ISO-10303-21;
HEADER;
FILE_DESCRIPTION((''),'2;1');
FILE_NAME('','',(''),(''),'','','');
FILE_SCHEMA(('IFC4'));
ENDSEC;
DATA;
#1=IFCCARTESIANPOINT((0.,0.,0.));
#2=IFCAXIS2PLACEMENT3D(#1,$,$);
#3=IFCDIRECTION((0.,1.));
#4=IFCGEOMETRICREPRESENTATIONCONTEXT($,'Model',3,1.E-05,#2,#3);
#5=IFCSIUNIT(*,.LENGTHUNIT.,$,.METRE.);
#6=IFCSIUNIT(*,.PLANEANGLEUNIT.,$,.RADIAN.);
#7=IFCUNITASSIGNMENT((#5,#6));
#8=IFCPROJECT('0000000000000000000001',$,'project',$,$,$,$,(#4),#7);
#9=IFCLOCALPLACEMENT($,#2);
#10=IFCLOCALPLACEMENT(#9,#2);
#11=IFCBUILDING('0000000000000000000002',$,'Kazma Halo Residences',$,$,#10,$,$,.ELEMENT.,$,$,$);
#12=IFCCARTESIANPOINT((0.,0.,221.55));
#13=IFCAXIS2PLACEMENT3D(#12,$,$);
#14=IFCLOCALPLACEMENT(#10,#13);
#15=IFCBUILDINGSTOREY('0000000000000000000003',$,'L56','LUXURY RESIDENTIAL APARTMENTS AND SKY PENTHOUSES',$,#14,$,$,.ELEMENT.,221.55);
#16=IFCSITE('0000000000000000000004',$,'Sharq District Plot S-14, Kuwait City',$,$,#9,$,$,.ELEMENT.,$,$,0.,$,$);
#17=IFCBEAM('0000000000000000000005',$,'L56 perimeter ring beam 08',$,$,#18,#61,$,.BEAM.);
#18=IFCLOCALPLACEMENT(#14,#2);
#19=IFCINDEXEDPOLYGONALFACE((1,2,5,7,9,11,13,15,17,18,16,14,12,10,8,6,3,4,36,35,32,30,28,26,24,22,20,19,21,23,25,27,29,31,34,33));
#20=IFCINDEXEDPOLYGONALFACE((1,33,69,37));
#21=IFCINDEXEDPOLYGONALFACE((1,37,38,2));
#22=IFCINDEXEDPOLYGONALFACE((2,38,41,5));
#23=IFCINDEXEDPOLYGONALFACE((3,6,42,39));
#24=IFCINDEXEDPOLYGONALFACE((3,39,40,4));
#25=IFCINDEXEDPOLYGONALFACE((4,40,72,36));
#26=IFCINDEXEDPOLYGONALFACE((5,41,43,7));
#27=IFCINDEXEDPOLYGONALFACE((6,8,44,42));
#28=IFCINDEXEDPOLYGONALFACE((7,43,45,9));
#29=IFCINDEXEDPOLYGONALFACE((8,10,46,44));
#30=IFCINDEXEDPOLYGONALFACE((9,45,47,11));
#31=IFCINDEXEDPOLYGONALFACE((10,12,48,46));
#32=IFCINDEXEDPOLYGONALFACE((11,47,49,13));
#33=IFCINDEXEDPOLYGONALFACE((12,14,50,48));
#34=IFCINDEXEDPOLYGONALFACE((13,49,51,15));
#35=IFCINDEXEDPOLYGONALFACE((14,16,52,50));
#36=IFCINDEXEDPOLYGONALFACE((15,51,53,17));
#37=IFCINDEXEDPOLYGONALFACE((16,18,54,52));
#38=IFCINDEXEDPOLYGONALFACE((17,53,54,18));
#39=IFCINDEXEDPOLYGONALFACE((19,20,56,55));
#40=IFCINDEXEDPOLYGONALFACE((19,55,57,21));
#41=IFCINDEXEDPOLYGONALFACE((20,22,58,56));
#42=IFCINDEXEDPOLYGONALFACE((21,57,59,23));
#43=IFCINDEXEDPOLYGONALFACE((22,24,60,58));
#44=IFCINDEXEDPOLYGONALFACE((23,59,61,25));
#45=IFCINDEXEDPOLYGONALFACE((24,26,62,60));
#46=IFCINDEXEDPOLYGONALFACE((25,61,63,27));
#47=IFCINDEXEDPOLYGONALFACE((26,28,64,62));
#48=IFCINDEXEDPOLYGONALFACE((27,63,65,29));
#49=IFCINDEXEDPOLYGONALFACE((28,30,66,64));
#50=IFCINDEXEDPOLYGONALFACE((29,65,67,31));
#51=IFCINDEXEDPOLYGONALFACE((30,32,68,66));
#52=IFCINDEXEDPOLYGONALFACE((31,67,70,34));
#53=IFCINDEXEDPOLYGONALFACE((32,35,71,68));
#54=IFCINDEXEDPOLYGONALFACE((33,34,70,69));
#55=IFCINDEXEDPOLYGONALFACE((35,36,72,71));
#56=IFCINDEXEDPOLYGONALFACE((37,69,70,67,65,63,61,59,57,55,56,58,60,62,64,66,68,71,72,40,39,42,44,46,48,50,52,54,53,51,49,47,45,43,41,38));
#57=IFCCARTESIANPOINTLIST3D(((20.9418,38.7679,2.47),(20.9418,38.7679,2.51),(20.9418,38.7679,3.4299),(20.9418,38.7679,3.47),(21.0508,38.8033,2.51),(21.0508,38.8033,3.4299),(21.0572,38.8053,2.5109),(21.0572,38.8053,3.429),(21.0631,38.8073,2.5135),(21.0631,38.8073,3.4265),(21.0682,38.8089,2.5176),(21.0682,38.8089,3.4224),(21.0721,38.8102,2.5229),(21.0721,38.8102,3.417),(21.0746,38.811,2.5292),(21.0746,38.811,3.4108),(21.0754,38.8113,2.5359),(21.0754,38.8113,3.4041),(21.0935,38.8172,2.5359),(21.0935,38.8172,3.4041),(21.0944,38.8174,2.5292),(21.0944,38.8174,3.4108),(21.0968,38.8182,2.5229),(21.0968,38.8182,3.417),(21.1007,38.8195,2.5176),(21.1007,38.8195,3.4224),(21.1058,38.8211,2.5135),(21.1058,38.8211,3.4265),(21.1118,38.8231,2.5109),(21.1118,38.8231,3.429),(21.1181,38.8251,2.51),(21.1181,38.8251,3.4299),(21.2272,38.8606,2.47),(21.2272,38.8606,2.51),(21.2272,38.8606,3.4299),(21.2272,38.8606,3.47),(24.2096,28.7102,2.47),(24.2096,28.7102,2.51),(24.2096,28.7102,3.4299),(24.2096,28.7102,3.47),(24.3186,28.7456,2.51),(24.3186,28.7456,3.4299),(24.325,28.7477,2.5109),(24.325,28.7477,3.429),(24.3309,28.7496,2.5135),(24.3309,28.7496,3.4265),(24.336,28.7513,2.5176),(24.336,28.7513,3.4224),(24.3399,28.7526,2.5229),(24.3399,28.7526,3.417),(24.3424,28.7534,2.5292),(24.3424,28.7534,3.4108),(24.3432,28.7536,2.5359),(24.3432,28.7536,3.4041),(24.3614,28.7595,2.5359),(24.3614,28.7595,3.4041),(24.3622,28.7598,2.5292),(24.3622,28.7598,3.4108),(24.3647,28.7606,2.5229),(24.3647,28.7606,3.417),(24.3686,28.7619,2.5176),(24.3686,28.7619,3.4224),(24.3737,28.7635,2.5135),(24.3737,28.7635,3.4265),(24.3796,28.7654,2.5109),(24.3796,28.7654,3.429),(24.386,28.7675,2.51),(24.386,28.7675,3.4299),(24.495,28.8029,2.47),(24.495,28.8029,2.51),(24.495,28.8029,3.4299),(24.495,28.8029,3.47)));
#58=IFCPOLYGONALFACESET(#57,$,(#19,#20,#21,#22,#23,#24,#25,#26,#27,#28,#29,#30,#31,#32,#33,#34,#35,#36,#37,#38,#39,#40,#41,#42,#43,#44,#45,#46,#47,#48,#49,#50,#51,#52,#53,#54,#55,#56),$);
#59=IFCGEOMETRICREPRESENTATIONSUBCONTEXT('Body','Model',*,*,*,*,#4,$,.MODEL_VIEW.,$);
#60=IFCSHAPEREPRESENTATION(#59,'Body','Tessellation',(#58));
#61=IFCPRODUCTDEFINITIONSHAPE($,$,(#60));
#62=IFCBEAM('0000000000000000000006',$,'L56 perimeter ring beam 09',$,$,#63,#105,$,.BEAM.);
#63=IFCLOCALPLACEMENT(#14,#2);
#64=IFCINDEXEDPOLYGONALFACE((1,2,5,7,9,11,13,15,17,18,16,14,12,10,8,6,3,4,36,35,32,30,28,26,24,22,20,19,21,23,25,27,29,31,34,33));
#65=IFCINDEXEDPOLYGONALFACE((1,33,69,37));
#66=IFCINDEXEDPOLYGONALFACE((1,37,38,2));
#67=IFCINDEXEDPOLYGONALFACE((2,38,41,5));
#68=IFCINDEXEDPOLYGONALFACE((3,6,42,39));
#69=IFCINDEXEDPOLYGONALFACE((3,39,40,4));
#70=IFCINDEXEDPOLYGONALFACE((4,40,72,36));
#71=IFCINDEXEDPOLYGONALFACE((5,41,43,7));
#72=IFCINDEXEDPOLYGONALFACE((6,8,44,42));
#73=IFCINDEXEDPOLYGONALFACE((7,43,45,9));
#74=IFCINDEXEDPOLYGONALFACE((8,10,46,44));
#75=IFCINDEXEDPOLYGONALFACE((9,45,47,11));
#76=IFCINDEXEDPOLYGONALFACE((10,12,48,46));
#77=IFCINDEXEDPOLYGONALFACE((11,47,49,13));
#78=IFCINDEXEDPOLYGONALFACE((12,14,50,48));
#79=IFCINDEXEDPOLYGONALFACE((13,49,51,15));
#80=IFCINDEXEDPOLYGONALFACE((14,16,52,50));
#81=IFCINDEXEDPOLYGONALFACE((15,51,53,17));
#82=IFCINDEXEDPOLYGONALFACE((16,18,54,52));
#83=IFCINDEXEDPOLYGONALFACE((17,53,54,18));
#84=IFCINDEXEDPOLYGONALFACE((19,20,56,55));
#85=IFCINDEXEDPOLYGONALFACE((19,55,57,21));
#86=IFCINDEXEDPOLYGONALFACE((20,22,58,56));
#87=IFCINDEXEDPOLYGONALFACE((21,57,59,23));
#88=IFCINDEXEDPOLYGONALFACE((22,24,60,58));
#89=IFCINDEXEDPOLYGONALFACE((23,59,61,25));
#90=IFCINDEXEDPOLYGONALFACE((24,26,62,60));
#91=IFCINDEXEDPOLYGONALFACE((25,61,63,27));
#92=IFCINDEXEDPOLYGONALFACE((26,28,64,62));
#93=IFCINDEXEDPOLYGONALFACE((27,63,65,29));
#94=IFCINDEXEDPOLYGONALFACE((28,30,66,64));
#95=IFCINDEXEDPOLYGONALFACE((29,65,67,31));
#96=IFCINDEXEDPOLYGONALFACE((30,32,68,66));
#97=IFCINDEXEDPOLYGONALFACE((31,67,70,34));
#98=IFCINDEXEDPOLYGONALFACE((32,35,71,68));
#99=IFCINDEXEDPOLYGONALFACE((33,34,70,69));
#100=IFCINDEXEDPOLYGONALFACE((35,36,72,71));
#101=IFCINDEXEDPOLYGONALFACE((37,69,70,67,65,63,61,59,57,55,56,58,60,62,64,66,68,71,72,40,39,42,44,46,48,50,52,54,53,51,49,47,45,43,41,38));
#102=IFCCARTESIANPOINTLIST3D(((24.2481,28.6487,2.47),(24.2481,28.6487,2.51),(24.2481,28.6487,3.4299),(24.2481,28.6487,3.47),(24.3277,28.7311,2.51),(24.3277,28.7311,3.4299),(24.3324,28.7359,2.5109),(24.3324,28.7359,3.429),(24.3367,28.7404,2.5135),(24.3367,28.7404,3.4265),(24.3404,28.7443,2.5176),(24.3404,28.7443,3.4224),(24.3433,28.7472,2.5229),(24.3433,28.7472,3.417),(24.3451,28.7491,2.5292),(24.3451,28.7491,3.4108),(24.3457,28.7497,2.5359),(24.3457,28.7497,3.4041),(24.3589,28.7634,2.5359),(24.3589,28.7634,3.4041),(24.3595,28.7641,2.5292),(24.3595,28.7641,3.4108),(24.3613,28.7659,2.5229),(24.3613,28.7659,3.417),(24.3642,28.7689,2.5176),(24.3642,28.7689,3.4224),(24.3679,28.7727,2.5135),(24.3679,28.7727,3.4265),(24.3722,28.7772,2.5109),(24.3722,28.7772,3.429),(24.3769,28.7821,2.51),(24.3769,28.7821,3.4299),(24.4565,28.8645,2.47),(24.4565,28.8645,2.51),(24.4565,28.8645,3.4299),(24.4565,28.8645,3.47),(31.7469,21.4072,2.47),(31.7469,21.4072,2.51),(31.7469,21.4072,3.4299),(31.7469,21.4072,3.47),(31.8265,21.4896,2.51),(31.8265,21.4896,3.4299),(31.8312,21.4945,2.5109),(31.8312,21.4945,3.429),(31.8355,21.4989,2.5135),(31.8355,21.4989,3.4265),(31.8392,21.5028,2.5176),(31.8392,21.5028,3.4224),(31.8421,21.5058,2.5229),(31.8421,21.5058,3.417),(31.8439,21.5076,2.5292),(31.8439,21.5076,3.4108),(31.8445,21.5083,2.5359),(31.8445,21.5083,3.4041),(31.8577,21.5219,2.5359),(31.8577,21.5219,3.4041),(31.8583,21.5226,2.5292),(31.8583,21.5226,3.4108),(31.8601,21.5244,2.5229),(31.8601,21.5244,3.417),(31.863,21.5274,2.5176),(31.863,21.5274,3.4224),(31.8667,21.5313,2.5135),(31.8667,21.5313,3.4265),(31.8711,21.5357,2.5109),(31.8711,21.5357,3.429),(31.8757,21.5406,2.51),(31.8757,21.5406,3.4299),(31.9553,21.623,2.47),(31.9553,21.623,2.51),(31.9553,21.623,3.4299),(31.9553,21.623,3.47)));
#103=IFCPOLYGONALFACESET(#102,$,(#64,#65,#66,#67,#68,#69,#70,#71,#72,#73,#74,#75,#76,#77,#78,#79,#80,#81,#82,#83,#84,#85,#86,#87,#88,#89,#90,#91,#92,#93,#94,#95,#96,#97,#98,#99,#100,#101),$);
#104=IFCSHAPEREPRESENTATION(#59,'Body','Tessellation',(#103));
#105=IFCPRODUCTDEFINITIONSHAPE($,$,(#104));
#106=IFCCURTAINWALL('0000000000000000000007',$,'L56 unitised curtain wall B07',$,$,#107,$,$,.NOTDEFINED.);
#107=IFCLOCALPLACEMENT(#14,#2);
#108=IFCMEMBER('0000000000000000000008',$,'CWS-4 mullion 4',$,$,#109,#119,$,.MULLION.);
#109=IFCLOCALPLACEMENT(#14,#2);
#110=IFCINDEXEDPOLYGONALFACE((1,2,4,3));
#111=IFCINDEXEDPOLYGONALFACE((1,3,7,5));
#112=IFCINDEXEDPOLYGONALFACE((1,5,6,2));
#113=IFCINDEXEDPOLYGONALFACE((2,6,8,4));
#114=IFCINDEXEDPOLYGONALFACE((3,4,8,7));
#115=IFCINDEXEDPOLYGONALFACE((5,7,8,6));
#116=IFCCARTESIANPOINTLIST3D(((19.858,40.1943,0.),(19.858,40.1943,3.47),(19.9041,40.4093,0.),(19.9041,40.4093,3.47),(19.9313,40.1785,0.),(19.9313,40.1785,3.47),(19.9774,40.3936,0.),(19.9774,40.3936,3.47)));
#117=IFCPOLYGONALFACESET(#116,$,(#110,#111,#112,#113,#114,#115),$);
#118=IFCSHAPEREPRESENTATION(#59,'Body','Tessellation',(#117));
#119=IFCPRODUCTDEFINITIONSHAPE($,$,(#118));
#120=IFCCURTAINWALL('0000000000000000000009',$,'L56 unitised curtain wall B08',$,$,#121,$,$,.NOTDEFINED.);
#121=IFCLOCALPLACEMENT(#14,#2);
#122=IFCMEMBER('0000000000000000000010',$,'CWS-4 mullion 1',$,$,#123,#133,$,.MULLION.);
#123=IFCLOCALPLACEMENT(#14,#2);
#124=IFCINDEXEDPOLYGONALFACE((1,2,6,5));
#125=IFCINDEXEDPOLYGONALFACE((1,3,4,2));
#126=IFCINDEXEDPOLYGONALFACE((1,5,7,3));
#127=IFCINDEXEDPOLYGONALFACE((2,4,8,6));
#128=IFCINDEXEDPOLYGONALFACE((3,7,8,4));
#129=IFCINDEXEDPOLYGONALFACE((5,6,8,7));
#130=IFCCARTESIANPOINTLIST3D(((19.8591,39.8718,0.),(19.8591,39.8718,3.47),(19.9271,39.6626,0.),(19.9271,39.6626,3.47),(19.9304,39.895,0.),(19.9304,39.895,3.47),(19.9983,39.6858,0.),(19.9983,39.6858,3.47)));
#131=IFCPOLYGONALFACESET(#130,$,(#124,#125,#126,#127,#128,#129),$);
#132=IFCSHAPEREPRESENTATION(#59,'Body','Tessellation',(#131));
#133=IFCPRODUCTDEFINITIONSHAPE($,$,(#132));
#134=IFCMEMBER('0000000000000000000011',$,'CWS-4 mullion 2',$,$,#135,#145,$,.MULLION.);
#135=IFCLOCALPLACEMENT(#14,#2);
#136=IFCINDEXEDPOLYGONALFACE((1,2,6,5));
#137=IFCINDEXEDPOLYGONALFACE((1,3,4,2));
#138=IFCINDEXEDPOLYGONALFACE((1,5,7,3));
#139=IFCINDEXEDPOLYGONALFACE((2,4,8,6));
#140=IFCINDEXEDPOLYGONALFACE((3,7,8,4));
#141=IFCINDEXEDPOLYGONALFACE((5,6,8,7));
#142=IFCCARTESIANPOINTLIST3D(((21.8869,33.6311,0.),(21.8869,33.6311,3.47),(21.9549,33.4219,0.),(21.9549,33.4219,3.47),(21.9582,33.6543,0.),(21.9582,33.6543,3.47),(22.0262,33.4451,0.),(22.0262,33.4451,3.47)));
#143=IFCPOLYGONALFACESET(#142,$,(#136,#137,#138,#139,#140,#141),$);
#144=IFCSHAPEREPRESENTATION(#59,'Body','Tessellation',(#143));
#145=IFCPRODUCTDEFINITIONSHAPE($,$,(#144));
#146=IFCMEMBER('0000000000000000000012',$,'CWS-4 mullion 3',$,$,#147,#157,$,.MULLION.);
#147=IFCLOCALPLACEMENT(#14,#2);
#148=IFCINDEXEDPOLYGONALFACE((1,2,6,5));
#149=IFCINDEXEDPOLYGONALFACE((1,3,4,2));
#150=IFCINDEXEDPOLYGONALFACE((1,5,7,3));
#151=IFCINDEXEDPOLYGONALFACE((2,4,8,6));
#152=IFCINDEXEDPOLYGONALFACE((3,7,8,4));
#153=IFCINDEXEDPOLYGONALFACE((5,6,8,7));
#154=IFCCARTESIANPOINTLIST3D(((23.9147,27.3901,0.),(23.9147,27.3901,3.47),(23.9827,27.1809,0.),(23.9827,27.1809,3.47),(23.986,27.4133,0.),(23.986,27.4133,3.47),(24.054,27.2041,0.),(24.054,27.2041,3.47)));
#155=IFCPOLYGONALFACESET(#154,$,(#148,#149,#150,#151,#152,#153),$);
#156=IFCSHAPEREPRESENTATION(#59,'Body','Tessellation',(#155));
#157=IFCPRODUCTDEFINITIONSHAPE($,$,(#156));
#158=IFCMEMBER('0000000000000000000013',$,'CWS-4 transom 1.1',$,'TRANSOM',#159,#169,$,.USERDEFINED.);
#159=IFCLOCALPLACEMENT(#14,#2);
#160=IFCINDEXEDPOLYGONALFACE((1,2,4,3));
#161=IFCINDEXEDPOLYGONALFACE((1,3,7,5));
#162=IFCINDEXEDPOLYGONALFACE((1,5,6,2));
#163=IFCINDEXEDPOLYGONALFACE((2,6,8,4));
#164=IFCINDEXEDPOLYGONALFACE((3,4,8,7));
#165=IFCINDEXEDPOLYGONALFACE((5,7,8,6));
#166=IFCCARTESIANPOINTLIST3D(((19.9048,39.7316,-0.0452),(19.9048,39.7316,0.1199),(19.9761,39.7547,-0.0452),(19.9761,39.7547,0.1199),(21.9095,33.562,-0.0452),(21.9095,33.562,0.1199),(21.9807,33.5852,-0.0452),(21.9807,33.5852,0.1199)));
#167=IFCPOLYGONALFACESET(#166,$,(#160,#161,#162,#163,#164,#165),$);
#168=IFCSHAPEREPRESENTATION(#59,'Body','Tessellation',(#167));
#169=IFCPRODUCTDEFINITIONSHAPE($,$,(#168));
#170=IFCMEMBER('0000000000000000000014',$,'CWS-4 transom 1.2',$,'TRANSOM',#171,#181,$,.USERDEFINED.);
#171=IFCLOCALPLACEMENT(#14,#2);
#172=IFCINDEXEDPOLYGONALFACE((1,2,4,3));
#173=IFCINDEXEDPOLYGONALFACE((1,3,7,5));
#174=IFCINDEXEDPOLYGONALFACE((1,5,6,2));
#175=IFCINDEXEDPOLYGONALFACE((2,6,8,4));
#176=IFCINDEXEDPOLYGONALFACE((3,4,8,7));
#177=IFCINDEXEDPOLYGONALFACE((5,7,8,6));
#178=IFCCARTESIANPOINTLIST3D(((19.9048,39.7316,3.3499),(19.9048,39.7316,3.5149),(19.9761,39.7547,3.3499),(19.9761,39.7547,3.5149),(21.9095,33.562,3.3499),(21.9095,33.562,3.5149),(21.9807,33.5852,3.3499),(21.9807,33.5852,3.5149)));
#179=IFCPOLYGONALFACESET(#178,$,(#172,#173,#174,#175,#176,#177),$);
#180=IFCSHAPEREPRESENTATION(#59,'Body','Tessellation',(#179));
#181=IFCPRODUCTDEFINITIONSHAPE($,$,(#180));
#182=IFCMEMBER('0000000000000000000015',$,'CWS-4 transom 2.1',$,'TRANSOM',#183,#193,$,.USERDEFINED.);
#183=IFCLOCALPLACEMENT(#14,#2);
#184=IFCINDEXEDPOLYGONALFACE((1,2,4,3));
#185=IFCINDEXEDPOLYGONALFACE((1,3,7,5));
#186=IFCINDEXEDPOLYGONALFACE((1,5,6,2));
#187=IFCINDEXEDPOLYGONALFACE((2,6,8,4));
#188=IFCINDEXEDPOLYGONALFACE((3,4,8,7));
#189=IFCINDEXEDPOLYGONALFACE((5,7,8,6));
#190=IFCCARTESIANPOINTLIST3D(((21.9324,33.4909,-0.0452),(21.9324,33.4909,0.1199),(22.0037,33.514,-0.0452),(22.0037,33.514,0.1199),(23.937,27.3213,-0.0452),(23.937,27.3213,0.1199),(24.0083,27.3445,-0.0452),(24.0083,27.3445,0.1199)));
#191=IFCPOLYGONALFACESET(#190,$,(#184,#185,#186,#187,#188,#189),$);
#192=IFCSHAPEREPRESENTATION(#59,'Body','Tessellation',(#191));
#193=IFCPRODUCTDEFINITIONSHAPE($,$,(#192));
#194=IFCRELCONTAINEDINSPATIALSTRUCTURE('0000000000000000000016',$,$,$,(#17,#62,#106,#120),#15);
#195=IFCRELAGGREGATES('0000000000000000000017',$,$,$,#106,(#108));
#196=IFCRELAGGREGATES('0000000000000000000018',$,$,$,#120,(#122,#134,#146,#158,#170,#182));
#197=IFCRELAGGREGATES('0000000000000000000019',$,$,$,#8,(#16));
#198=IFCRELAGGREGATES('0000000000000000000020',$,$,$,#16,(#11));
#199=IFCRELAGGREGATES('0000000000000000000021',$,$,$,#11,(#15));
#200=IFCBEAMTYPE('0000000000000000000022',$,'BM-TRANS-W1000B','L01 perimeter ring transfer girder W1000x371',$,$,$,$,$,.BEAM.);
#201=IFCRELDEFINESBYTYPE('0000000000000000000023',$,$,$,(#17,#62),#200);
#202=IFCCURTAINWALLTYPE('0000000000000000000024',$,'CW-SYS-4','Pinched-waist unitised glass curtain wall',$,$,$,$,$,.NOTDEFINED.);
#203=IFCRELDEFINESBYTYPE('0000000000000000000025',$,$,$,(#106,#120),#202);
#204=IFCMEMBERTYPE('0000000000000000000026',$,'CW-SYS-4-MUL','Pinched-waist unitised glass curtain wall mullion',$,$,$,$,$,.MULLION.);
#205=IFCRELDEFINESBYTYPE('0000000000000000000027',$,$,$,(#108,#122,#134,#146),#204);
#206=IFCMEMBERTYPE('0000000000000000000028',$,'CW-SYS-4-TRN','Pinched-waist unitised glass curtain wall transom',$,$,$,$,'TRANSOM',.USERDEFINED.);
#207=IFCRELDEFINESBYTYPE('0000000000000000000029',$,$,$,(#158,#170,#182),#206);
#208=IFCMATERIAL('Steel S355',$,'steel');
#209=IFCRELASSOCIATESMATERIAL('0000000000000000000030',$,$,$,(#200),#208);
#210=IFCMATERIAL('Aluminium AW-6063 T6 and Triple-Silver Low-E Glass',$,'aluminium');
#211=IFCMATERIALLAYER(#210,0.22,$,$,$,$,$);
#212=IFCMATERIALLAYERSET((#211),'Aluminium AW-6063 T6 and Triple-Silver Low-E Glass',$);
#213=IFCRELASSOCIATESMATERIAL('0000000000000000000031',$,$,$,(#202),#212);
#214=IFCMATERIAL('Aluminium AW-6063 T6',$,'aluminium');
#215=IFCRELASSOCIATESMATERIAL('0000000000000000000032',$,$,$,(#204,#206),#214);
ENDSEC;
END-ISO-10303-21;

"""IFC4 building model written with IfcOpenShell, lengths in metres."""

from ifc_helpers import new_model, si_unit, direction, frame, origin, origin_2d, place, context, subcontext, project, spatial, rectangle, i_section, extrude, material, layer, layer_set, material_profile, profile_set, type_object, element, aggregate, save


model = new_model("IFC4")

# Units and contexts
model_context = context("Model", 3, precision=1e-05, world=origin(), true_north=direction((0.0, 1.0)))
body_context = subcontext(model_context, "Body", "Model", "MODEL_VIEW")
ifc_project = project(units=[si_unit("LENGTHUNIT", "METRE"), si_unit("PLANEANGLEUNIT", "RADIAN")], contexts=[model_context])

# Site, building, storey
site_placement = place(None, origin())
site = spatial("IfcSite", under=ifc_project, at=site_placement, Name="Sharq District Plot S-14, Kuwait City", CompositionType="ELEMENT", RefElevation=0.0)
building_placement = place(site_placement, origin())
building = spatial("IfcBuilding", under=site, at=building_placement, Name="Kazma Halo Residences", CompositionType="ELEMENT")
storey_placement = place(building_placement, frame((0.0, 0.0, 221.55)))
storey = spatial("IfcBuildingStorey", under=building, at=storey_placement, Name="L56", Description="LUXURY RESIDENTIAL APARTMENTS AND SKY PENTHOUSES", CompositionType="ELEMENT", Elevation=221.55)

# Beams
ifc_material_1 = material(Name="Steel S355", Category="steel")
ifc_material_profile_1 = material_profile(ifc_material_1, i_section(OverallWidth=0.3, OverallDepth=1.0, WebThickness=0.019, FlangeThickness=0.04, FilletRadius=0.0259, at=origin_2d()), Name="W1000x371")
ifc_profile_set_1 = profile_set([ifc_material_profile_1], Name="Steel S355")
beam_type_1 = type_object("IfcBeamType", Name="BM-TRANS-W1000B", Description="L01 perimeter ring transfer girder W1000x371", PredefinedType="BEAM", material=ifc_profile_set_1)
beam_1_placement = place(storey_placement, frame((21.0845, 38.8142, 2.97), z_axis=(0.309009, -0.951059, 0.0), x_axis=(0.951059, 0.309009, 0.0)))
element("IfcBeam", 1, at=beam_1_placement, inside=storey, type_object=beam_type_1, Name="L56 perimeter ring beam 08", PredefinedType="BEAM", context=body_context, shape_type="SweptSolid", body=[
    extrude(i_section(OverallWidth=0.3, OverallDepth=1.0, WebThickness=0.019, FlangeThickness=0.04, FilletRadius=0.0259, at=origin_2d()), origin(), (0.0, 0.0, 1.0), 10.5752),
])
beam_2_placement = place(storey_placement, frame((24.3523, 28.7566, 2.97), z_axis=(0.719341, -0.694657, 0.0), x_axis=(0.694657, 0.719341, 0.0)))
element("IfcBeam", 2, at=beam_2_placement, inside=storey, type_object=beam_type_1, Name="L56 perimeter ring beam 09", PredefinedType="BEAM", context=body_context, shape_type="SweptSolid", body=[
    extrude(i_section(OverallWidth=0.3, OverallDepth=1.0, WebThickness=0.019, FlangeThickness=0.04, FilletRadius=0.0259, at=origin_2d()), origin(), (0.0, 0.0, 1.0), 10.4246),
])

# Curtain wall, member
ifc_material_2 = material(Name="Aluminium AW-6063 T6 and Triple-Silver Low-E Glass", Category="aluminium")
ifc_layer_1 = layer(ifc_material_2, 0.22)
ifc_layer_set_1 = layer_set([ifc_layer_1], Name="Aluminium AW-6063 T6 and Triple-Silver Low-E Glass")
curtain_wall_type = type_object("IfcCurtainWallType", Name="CW-SYS-4", Description="Pinched-waist unitised glass curtain wall", PredefinedType="NOTDEFINED", material=ifc_layer_set_1)
curtain_wall_1_placement = place(storey_placement, origin())
curtain_wall_1 = element("IfcCurtainWall", 3, at=curtain_wall_1_placement, inside=storey, type_object=curtain_wall_type, Name="L56 unitised curtain wall B07", PredefinedType="NOTDEFINED")
ifc_material_3 = material(Name="Aluminium AW-6063 T6", Category="aluminium")
ifc_material_profile_2 = material_profile(ifc_material_3, rectangle(XDim=0.075, YDim=0.22, at=origin_2d()), Name="CWM-75x220")
ifc_profile_set_2 = profile_set([ifc_material_profile_2], Name="Aluminium AW-6063 T6")
member_type_1 = type_object("IfcMemberType", Name="CW-SYS-4-MUL", Description="Pinched-waist unitised glass curtain wall mullion", PredefinedType="MULLION", material=ifc_profile_set_2)
member_1_placement = place(storey_placement, frame((19.9177, 40.2939, 0.0), z_axis=(0.0, 0.0, 1.0), x_axis=(0.977768, -0.20969, 0.0)))
member_1 = element("IfcMember", 4, at=member_1_placement, type_object=member_type_1, Name="CWS-4 mullion 4", PredefinedType="MULLION", context=body_context, shape_type="SweptSolid", body=[
    extrude(rectangle(XDim=0.075, YDim=0.22, at=origin_2d()), origin(), (0.0, 0.0, 1.0), 3.47),
])
aggregate(curtain_wall_1, [member_1])

# Curtain wall, members
curtain_wall_2_placement = place(storey_placement, origin())
curtain_wall_2 = element("IfcCurtainWall", 5, at=curtain_wall_2_placement, inside=storey, type_object=curtain_wall_type, Name="L56 unitised curtain wall B08", PredefinedType="NOTDEFINED")
member_2_placement = place(storey_placement, frame((19.9287, 39.7788, 0.0), z_axis=(0.0, 0.0, 1.0), x_axis=(0.951057, 0.309016, 0.0)))
member_2 = element("IfcMember", 6, at=member_2_placement, type_object=member_type_1, Name="CWS-4 mullion 1", PredefinedType="MULLION", context=body_context, shape_type="SweptSolid", body=[
    extrude(rectangle(XDim=0.075, YDim=0.22, at=origin_2d()), origin(), (0.0, 0.0, 1.0), 3.47),
])
member_3_placement = place(storey_placement, frame((21.9565, 33.5381, 0.0), z_axis=(0.0, 0.0, 1.0), x_axis=(0.951057, 0.309016, 0.0)))
member_3 = element("IfcMember", 7, at=member_3_placement, type_object=member_type_1, Name="CWS-4 mullion 2", PredefinedType="MULLION", context=body_context, shape_type="SweptSolid", body=[
    extrude(rectangle(XDim=0.075, YDim=0.22, at=origin_2d()), origin(), (0.0, 0.0, 1.0), 3.47),
])
member_4_placement = place(storey_placement, frame((23.9844, 27.2971, 0.0), z_axis=(0.0, 0.0, 1.0), x_axis=(0.951057, 0.309016, 0.0)))
member_4 = element("IfcMember", 8, at=member_4_placement, type_object=member_type_1, Name="CWS-4 mullion 3", PredefinedType="MULLION", context=body_context, shape_type="SweptSolid", body=[
    extrude(rectangle(XDim=0.075, YDim=0.22, at=origin_2d()), origin(), (0.0, 0.0, 1.0), 3.47),
])
ifc_material_profile_3 = material_profile(ifc_material_3, rectangle(XDim=0.075, YDim=0.165, at=origin_2d()), Name="CWT-75x165")
ifc_profile_set_3 = profile_set([ifc_material_profile_3], Name="Aluminium AW-6063 T6")
member_type_2 = type_object("IfcMemberType", Name="CW-SYS-4-TRN", Description="Pinched-waist unitised glass curtain wall transom", ElementType="TRANSOM", PredefinedType="USERDEFINED", material=ifc_profile_set_3)
member_5_placement = place(storey_placement, frame((19.9404, 39.7432, 0.0374), z_axis=(0.309027, -0.951053, 0.0), x_axis=(0.951053, 0.309027, 0.0)))
member_5 = element("IfcMember", 9, at=member_5_placement, type_object=member_type_2, Name="CWS-4 transom 1.1", ObjectType="TRANSOM", PredefinedType="USERDEFINED", context=body_context, shape_type="SweptSolid", body=[
    extrude(rectangle(XDim=0.075, YDim=0.165, at=origin_2d()), origin(), (0.0, 0.0, 1.0), 6.4871),
])
member_6_placement = place(storey_placement, frame((19.9404, 39.7432, 3.4324), z_axis=(0.309027, -0.951053, 0.0), x_axis=(0.951053, 0.309027, 0.0)))
member_6 = element("IfcMember", 10, at=member_6_placement, type_object=member_type_2, Name="CWS-4 transom 1.2", ObjectType="TRANSOM", PredefinedType="USERDEFINED", context=body_context, shape_type="SweptSolid", body=[
    extrude(rectangle(XDim=0.075, YDim=0.165, at=origin_2d()), origin(), (0.0, 0.0, 1.0), 6.4871),
])
member_7_placement = place(storey_placement, frame((21.968, 33.5024, 0.0374), z_axis=(0.309015, -0.951057, 0.0), x_axis=(0.951057, 0.309015, 0.0)))
member_7 = element("IfcMember", 11, at=member_7_placement, type_object=member_type_2, Name="CWS-4 transom 2.1", ObjectType="TRANSOM", PredefinedType="USERDEFINED", context=body_context, shape_type="SweptSolid", body=[
    extrude(rectangle(XDim=0.075, YDim=0.165, at=origin_2d()), origin(), (0.0, 0.0, 1.0), 6.4871),
])
aggregate(curtain_wall_2, [member_2, member_3, member_4, member_5, member_6, member_7])

save(model, "model.ifc")
